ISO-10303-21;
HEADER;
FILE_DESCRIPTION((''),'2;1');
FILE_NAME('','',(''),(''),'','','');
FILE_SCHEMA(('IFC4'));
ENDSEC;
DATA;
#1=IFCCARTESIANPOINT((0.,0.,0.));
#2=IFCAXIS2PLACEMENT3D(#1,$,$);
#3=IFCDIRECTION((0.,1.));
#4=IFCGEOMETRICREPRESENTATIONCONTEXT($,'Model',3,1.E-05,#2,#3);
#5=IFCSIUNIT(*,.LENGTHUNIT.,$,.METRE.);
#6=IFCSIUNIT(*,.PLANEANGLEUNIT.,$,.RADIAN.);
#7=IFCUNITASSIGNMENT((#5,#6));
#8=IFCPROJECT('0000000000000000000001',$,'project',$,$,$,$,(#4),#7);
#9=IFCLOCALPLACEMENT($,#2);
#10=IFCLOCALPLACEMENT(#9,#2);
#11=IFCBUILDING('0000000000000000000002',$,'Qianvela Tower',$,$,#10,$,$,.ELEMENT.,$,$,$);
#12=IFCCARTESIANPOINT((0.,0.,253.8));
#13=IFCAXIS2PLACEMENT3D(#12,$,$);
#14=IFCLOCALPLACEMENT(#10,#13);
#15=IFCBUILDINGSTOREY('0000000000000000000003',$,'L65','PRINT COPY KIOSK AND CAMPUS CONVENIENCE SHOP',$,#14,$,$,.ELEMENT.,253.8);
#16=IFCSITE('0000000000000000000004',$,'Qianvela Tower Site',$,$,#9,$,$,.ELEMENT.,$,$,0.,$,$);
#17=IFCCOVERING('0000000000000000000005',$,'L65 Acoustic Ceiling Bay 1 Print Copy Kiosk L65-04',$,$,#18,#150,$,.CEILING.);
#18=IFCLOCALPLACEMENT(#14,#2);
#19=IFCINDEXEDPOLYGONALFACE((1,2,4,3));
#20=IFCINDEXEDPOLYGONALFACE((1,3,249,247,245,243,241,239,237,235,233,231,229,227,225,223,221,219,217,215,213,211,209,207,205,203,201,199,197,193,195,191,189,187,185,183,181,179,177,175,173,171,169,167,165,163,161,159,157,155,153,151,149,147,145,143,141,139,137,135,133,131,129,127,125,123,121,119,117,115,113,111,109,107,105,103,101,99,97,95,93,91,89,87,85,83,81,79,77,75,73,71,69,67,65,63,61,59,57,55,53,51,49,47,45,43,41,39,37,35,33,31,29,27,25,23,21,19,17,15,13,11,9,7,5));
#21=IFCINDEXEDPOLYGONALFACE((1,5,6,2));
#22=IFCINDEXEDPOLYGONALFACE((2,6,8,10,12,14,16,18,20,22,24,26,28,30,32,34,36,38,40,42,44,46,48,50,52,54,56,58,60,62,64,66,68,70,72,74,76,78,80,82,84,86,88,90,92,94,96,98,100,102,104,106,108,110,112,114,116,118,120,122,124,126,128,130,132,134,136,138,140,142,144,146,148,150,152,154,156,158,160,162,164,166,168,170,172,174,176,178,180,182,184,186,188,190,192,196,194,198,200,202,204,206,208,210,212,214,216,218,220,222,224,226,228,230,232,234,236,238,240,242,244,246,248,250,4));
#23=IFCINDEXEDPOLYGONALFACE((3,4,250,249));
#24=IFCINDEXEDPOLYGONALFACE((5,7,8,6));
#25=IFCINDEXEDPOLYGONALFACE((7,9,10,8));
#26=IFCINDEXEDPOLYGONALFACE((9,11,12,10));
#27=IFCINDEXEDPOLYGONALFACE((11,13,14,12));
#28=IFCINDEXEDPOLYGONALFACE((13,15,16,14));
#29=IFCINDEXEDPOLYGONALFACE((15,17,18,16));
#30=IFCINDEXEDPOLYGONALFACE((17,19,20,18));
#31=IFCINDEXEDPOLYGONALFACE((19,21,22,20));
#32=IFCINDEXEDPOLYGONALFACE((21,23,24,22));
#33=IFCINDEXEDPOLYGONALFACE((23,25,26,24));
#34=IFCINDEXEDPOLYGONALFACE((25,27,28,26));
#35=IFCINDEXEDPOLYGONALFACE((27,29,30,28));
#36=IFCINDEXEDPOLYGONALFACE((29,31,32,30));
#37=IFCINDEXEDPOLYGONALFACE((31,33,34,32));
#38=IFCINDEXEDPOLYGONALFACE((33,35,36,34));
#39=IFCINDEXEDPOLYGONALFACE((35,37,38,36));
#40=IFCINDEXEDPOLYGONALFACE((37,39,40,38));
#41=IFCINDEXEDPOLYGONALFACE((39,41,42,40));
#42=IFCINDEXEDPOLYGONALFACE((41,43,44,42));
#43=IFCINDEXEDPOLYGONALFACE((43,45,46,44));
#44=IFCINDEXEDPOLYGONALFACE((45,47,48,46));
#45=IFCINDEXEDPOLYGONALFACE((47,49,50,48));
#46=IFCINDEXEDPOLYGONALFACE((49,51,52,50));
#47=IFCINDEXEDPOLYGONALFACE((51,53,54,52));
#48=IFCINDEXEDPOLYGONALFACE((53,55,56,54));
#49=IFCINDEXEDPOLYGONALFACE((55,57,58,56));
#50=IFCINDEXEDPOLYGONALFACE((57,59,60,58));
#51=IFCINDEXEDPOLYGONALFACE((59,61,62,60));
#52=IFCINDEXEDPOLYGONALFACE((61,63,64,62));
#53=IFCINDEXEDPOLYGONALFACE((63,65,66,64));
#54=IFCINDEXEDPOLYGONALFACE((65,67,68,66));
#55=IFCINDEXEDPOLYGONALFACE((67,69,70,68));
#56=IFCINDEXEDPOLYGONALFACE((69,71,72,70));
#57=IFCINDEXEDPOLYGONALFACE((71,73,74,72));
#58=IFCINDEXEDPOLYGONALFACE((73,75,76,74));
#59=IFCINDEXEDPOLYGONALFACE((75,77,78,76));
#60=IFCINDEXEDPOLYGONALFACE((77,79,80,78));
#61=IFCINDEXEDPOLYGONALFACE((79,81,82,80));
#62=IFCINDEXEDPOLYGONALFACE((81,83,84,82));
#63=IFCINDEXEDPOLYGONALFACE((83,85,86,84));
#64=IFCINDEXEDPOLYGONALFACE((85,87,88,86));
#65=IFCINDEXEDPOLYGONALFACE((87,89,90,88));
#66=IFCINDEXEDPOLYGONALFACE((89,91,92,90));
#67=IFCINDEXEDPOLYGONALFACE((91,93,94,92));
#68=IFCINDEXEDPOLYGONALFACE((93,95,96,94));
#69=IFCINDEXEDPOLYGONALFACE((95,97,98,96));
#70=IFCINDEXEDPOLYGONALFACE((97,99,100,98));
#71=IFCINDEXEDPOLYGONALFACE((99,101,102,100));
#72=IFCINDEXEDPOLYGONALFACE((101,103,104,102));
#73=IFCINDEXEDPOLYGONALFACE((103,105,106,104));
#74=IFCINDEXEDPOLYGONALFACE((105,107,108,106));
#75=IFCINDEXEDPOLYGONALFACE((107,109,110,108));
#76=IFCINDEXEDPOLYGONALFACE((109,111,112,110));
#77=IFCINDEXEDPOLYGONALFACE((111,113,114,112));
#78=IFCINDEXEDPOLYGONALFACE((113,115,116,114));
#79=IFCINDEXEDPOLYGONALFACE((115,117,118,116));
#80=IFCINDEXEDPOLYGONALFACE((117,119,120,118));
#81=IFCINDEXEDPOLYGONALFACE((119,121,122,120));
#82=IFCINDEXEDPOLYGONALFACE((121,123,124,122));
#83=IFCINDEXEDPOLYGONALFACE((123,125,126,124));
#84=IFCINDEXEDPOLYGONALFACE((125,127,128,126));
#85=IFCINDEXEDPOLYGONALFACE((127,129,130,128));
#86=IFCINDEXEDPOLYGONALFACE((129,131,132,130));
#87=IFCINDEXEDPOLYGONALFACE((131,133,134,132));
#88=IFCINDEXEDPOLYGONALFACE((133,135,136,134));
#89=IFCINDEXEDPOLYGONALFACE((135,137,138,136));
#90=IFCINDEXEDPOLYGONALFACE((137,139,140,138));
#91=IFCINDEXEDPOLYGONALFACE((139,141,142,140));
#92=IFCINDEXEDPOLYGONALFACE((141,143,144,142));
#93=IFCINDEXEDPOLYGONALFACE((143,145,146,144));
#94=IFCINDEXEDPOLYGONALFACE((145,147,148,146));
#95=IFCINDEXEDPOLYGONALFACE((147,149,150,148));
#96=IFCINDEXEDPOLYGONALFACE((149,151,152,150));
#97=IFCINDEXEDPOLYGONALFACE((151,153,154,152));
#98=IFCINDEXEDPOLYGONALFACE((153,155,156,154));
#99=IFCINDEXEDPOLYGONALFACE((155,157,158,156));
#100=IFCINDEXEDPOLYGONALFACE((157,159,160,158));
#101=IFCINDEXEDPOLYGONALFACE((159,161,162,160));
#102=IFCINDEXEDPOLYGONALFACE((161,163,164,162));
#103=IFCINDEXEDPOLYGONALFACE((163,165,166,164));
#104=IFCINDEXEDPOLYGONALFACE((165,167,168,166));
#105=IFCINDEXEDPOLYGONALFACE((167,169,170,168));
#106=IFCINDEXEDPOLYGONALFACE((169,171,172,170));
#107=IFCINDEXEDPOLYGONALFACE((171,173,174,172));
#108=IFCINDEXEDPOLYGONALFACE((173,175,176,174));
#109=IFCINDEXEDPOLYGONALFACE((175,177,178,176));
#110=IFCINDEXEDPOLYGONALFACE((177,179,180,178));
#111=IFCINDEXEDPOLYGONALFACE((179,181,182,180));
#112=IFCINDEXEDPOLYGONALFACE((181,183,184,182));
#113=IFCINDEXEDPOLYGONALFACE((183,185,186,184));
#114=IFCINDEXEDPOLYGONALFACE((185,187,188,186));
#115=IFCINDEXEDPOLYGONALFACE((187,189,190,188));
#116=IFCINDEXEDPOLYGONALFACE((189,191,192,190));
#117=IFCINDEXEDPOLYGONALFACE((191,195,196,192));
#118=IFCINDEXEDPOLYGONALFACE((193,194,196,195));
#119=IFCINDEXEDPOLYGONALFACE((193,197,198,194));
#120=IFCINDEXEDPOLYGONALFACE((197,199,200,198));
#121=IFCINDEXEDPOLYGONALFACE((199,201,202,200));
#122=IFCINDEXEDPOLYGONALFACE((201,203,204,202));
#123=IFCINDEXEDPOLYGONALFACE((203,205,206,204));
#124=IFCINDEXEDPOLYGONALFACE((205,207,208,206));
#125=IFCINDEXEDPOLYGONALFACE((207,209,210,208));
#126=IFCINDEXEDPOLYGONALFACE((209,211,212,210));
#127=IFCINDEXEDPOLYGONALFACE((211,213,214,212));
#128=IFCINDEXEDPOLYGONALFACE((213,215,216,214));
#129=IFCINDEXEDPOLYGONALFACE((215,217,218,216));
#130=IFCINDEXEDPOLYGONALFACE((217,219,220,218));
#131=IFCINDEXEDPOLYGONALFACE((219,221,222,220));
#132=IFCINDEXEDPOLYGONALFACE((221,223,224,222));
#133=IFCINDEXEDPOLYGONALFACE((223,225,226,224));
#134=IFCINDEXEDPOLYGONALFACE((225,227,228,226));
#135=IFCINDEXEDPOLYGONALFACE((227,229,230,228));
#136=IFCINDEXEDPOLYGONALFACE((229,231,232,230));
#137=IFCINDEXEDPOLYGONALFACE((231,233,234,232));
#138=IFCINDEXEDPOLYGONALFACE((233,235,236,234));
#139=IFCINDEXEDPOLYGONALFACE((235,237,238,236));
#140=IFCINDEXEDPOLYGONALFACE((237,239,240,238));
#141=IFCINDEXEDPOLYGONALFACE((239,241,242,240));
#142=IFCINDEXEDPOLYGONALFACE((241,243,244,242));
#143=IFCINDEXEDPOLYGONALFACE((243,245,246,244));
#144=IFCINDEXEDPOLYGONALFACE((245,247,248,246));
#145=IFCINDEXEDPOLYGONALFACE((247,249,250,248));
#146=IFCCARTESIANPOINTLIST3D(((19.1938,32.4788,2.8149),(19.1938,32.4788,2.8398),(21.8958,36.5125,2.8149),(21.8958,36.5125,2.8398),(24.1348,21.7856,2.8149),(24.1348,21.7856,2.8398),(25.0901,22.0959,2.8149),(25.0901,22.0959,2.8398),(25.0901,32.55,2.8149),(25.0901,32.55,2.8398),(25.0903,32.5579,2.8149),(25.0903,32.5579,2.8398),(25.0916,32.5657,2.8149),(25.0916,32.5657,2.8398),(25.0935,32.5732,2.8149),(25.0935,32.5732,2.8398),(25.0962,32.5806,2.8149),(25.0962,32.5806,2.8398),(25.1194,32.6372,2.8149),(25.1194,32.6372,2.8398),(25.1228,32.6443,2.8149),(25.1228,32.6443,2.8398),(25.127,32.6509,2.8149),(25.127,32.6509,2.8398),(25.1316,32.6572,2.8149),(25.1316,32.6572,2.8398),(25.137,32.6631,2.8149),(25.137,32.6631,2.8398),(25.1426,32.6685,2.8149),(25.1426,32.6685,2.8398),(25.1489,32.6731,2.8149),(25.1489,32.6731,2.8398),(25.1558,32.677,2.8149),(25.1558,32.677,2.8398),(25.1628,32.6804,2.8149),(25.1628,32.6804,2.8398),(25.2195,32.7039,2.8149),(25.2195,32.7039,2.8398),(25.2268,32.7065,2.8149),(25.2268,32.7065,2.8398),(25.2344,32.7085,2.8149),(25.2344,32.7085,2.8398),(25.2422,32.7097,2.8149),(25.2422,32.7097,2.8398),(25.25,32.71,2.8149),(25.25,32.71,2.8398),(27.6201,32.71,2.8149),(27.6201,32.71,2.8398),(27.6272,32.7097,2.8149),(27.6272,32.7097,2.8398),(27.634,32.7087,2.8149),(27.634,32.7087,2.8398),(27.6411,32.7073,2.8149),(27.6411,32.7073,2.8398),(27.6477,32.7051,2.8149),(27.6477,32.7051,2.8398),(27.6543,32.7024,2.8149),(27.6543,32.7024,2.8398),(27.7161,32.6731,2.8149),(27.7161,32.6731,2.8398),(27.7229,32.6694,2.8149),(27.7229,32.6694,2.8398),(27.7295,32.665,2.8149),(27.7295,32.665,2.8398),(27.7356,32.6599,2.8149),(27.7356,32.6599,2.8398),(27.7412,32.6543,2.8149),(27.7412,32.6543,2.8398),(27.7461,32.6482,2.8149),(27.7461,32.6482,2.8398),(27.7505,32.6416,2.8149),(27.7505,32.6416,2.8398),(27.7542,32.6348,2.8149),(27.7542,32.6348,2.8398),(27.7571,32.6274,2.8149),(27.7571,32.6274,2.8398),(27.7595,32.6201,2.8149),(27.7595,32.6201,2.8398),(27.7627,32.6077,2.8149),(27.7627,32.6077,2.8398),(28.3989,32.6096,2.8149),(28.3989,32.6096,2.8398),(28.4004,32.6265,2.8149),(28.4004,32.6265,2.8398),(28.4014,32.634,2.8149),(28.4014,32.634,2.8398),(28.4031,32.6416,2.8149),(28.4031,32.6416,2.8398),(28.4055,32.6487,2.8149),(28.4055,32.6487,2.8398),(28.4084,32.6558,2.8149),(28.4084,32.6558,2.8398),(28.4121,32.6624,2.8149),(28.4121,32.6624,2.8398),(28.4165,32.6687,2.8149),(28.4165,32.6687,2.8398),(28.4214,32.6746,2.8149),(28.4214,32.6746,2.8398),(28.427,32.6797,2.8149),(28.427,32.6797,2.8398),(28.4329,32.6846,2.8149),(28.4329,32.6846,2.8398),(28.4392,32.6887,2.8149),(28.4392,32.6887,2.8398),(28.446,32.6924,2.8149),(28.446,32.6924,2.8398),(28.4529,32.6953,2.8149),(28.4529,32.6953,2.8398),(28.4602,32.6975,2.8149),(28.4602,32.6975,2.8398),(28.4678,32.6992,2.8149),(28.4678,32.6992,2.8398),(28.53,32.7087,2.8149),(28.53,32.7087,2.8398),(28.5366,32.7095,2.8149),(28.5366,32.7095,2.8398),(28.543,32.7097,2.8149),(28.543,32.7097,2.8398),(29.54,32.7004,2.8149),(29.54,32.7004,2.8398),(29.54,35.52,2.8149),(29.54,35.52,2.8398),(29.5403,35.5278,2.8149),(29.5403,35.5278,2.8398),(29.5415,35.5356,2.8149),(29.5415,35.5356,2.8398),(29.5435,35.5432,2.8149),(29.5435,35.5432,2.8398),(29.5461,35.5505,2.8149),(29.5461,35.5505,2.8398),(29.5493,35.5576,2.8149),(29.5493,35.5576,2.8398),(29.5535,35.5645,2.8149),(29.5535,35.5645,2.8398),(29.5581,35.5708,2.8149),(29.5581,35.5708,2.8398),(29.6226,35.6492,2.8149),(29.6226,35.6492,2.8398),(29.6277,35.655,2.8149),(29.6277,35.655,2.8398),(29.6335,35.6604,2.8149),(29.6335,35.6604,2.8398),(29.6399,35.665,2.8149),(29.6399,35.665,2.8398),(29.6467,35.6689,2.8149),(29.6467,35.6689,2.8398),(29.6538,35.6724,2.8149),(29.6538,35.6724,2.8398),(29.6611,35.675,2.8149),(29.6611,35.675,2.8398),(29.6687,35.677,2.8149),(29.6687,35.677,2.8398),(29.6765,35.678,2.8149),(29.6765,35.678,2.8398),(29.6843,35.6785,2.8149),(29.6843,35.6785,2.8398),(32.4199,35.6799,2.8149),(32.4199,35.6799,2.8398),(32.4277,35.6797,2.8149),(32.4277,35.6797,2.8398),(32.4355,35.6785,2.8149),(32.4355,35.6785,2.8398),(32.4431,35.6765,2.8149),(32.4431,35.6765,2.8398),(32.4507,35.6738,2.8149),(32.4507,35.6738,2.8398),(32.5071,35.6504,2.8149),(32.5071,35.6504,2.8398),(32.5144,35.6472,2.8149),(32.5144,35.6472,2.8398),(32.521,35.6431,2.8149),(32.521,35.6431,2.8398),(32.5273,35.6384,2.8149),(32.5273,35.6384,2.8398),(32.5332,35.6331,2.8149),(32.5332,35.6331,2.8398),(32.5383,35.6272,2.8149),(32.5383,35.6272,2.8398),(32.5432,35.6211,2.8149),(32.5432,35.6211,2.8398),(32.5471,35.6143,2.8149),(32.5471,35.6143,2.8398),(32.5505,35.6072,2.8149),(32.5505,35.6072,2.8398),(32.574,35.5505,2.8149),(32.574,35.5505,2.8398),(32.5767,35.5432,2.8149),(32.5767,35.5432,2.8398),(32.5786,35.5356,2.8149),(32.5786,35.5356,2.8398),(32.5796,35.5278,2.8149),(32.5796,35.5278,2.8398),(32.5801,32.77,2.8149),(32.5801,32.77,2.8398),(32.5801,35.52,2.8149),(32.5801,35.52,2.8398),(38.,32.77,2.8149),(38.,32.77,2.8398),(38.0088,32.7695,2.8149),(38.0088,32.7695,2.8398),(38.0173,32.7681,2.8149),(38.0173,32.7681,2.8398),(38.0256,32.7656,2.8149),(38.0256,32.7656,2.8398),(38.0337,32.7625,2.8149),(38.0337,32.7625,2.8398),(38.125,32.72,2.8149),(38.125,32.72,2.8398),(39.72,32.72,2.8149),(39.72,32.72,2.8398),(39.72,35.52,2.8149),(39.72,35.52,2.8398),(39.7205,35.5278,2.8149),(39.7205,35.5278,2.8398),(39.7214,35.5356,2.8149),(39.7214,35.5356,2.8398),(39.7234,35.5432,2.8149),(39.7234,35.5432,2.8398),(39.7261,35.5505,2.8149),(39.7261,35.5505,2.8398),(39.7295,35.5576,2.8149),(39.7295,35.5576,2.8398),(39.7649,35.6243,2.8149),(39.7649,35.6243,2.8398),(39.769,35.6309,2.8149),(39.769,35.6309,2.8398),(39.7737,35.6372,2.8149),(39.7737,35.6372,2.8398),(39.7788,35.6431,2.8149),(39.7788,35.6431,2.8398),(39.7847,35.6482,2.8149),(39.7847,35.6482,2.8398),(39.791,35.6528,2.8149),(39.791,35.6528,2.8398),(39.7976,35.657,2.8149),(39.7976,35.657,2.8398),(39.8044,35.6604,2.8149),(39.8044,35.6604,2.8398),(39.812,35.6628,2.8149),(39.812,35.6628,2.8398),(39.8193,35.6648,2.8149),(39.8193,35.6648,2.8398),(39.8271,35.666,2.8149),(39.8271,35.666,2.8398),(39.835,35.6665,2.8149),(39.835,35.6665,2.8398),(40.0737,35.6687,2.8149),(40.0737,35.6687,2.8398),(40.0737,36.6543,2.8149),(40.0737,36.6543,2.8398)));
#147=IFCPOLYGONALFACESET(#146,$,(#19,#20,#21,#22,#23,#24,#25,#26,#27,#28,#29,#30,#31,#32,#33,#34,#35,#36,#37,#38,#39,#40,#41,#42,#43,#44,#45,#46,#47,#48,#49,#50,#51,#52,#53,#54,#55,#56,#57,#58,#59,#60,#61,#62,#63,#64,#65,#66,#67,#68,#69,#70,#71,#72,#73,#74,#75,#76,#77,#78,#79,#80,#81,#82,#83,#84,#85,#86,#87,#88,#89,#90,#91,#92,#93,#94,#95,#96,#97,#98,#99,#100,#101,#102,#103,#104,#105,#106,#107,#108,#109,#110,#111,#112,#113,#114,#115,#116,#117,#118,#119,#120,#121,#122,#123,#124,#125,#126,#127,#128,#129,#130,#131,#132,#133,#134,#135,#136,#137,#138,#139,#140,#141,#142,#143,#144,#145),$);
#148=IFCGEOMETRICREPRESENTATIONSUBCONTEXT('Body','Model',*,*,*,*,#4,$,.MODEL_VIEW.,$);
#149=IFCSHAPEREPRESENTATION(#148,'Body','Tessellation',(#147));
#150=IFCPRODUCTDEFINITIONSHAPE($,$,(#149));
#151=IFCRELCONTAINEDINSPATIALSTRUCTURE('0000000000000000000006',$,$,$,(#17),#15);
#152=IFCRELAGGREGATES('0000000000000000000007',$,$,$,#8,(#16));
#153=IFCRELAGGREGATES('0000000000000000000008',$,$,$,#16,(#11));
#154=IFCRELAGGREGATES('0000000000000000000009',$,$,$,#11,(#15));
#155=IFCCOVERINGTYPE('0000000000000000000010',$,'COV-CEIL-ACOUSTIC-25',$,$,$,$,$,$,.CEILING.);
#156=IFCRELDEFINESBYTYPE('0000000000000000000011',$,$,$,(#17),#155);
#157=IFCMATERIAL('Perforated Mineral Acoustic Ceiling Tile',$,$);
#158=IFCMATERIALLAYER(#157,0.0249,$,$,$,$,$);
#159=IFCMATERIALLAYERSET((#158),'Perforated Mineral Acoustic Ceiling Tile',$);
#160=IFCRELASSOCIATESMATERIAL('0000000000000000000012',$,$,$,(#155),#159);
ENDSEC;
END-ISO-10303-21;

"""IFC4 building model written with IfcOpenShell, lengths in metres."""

from ifc_helpers import new_model, si_unit, direction, frame, origin, place, context, subcontext, project, spatial, polyline, outline, extrude, material, layer, layer_set, type_object, element, save


model = new_model("IFC4")

# Units and contexts
model_context = context("Model", 3, precision=1e-05, world=origin(), true_north=direction((0.0, 1.0)))
body_context = subcontext(model_context, "Body", "Model", "MODEL_VIEW")
ifc_project = project(units=[si_unit("LENGTHUNIT", "METRE"), si_unit("PLANEANGLEUNIT", "RADIAN")], contexts=[model_context])

# Site, building, storey
site_placement = place(None, origin())
site = spatial("IfcSite", under=ifc_project, at=site_placement, Name="Qianvela Tower Site", CompositionType="ELEMENT", RefElevation=0.0)
building_placement = place(site_placement, origin())
building = spatial("IfcBuilding", under=site, at=building_placement, Name="Qianvela Tower", CompositionType="ELEMENT")
storey_placement = place(building_placement, frame((0.0, 0.0, 253.8)))
storey = spatial("IfcBuildingStorey", under=building, at=storey_placement, Name="L65", Description="PRINT COPY KIOSK AND CAMPUS CONVENIENCE SHOP", CompositionType="ELEMENT", Elevation=253.8)

# Covering
ifc_material_1 = material(Name="Perforated Mineral Acoustic Ceiling Tile")
ifc_layer_1 = layer(ifc_material_1, 0.0249)
ifc_layer_set_1 = layer_set([ifc_layer_1], Name="Perforated Mineral Acoustic Ceiling Tile")
covering_type_1 = type_object("IfcCoveringType", Name="COV-CEIL-ACOUSTIC-25", PredefinedType="CEILING", material=ifc_layer_set_1)
covering_1_placement = place(storey_placement, frame((0.0, 0.0, 2.8149)))
element("IfcCovering", 1, at=covering_1_placement, inside=storey, type_object=covering_type_1, Name="L65 Acoustic Ceiling Bay 1 Print Copy Kiosk L65-04", PredefinedType="CEILING", context=body_context, shape_type="SweptSolid", body=[
    extrude(outline(polyline([(25.1558, 32.677), (25.1489, 32.6731), (25.1426, 32.6685), (25.137, 32.6631), (25.1316, 32.6572), (25.127, 32.6509), (25.1228, 32.6443), (25.1194, 32.6372), (25.0962, 32.5806), (25.0935, 32.5732), (25.0916, 32.5657), (25.0903, 32.5579), (25.0901, 32.55), (25.0901, 22.0959), (24.1348, 21.7856), (19.1938, 32.4788), (21.8958, 36.5125), (40.0737, 36.6543), (40.0737, 35.6687), (39.835, 35.6665), (39.8271, 35.666), (39.8193, 35.6648), (39.812, 35.6628), (39.8044, 35.6604), (39.7976, 35.657), (39.791, 35.6528), (39.7847, 35.6482), (39.7788, 35.6431), (39.7737, 35.6372), (39.769, 35.6309), (39.7649, 35.6243), (39.7295, 35.5576), (39.7261, 35.5505), (39.7234, 35.5432), (39.7214, 35.5356), (39.7205, 35.5278), (39.72, 35.52), (39.72, 32.72), (38.125, 32.72), (38.0337, 32.7625), (38.0256, 32.7656), (38.0173, 32.7681), (38.0088, 32.7695), (38.0, 32.77), (32.5801, 32.77), (32.5801, 35.52), (32.5796, 35.5278), (32.5786, 35.5356), (32.5767, 35.5432), (32.574, 35.5505), (32.5505, 35.6072), (32.5471, 35.6143), (32.5432, 35.6211), (32.5383, 35.6272), (32.5332, 35.6331), (32.5273, 35.6384), (32.521, 35.6431), (32.5144, 35.6472), (32.5071, 35.6504), (32.4507, 35.6738), (32.4431, 35.6765), (32.4355, 35.6785), (32.4277, 35.6797), (32.4199, 35.6799), (29.6843, 35.6785), (29.6765, 35.678), (29.6687, 35.677), (29.6611, 35.675), (29.6538, 35.6724), (29.6467, 35.6689), (29.6399, 35.665), (29.6335, 35.6604), (29.6277, 35.655), (29.6226, 35.6492), (29.5581, 35.5708), (29.5535, 35.5645), (29.5493, 35.5576), (29.5461, 35.5505), (29.5435, 35.5432), (29.5415, 35.5356), (29.5403, 35.5278), (29.54, 35.52), (29.54, 32.7004), (28.543, 32.7097), (28.5366, 32.7095), (28.53, 32.7087), (28.4678, 32.6992), (28.4602, 32.6975), (28.4529, 32.6953), (28.446, 32.6924), (28.4392, 32.6887), (28.4329, 32.6846), (28.427, 32.6797), (28.4214, 32.6746), (28.4165, 32.6687), (28.4121, 32.6624), (28.4084, 32.6558), (28.4055, 32.6487), (28.4031, 32.6416), (28.4014, 32.634), (28.4004, 32.6265), (28.3989, 32.6096), (27.7627, 32.6077), (27.7595, 32.6201), (27.7571, 32.6274), (27.7542, 32.6348), (27.7505, 32.6416), (27.7461, 32.6482), (27.7412, 32.6543), (27.7356, 32.6599), (27.7295, 32.665), (27.7229, 32.6694), (27.7161, 32.6731), (27.6543, 32.7024), (27.6477, 32.7051), (27.6411, 32.7073), (27.634, 32.7087), (27.6272, 32.7097), (27.6201, 32.71), (25.25, 32.71), (25.2422, 32.7097), (25.2344, 32.7085), (25.2268, 32.7065), (25.2195, 32.7039), (25.1628, 32.6804), (25.1558, 32.677)])), origin(), (0.0, 0.0, 1.0), 0.0249),
])

save(model, "model.ifc")
